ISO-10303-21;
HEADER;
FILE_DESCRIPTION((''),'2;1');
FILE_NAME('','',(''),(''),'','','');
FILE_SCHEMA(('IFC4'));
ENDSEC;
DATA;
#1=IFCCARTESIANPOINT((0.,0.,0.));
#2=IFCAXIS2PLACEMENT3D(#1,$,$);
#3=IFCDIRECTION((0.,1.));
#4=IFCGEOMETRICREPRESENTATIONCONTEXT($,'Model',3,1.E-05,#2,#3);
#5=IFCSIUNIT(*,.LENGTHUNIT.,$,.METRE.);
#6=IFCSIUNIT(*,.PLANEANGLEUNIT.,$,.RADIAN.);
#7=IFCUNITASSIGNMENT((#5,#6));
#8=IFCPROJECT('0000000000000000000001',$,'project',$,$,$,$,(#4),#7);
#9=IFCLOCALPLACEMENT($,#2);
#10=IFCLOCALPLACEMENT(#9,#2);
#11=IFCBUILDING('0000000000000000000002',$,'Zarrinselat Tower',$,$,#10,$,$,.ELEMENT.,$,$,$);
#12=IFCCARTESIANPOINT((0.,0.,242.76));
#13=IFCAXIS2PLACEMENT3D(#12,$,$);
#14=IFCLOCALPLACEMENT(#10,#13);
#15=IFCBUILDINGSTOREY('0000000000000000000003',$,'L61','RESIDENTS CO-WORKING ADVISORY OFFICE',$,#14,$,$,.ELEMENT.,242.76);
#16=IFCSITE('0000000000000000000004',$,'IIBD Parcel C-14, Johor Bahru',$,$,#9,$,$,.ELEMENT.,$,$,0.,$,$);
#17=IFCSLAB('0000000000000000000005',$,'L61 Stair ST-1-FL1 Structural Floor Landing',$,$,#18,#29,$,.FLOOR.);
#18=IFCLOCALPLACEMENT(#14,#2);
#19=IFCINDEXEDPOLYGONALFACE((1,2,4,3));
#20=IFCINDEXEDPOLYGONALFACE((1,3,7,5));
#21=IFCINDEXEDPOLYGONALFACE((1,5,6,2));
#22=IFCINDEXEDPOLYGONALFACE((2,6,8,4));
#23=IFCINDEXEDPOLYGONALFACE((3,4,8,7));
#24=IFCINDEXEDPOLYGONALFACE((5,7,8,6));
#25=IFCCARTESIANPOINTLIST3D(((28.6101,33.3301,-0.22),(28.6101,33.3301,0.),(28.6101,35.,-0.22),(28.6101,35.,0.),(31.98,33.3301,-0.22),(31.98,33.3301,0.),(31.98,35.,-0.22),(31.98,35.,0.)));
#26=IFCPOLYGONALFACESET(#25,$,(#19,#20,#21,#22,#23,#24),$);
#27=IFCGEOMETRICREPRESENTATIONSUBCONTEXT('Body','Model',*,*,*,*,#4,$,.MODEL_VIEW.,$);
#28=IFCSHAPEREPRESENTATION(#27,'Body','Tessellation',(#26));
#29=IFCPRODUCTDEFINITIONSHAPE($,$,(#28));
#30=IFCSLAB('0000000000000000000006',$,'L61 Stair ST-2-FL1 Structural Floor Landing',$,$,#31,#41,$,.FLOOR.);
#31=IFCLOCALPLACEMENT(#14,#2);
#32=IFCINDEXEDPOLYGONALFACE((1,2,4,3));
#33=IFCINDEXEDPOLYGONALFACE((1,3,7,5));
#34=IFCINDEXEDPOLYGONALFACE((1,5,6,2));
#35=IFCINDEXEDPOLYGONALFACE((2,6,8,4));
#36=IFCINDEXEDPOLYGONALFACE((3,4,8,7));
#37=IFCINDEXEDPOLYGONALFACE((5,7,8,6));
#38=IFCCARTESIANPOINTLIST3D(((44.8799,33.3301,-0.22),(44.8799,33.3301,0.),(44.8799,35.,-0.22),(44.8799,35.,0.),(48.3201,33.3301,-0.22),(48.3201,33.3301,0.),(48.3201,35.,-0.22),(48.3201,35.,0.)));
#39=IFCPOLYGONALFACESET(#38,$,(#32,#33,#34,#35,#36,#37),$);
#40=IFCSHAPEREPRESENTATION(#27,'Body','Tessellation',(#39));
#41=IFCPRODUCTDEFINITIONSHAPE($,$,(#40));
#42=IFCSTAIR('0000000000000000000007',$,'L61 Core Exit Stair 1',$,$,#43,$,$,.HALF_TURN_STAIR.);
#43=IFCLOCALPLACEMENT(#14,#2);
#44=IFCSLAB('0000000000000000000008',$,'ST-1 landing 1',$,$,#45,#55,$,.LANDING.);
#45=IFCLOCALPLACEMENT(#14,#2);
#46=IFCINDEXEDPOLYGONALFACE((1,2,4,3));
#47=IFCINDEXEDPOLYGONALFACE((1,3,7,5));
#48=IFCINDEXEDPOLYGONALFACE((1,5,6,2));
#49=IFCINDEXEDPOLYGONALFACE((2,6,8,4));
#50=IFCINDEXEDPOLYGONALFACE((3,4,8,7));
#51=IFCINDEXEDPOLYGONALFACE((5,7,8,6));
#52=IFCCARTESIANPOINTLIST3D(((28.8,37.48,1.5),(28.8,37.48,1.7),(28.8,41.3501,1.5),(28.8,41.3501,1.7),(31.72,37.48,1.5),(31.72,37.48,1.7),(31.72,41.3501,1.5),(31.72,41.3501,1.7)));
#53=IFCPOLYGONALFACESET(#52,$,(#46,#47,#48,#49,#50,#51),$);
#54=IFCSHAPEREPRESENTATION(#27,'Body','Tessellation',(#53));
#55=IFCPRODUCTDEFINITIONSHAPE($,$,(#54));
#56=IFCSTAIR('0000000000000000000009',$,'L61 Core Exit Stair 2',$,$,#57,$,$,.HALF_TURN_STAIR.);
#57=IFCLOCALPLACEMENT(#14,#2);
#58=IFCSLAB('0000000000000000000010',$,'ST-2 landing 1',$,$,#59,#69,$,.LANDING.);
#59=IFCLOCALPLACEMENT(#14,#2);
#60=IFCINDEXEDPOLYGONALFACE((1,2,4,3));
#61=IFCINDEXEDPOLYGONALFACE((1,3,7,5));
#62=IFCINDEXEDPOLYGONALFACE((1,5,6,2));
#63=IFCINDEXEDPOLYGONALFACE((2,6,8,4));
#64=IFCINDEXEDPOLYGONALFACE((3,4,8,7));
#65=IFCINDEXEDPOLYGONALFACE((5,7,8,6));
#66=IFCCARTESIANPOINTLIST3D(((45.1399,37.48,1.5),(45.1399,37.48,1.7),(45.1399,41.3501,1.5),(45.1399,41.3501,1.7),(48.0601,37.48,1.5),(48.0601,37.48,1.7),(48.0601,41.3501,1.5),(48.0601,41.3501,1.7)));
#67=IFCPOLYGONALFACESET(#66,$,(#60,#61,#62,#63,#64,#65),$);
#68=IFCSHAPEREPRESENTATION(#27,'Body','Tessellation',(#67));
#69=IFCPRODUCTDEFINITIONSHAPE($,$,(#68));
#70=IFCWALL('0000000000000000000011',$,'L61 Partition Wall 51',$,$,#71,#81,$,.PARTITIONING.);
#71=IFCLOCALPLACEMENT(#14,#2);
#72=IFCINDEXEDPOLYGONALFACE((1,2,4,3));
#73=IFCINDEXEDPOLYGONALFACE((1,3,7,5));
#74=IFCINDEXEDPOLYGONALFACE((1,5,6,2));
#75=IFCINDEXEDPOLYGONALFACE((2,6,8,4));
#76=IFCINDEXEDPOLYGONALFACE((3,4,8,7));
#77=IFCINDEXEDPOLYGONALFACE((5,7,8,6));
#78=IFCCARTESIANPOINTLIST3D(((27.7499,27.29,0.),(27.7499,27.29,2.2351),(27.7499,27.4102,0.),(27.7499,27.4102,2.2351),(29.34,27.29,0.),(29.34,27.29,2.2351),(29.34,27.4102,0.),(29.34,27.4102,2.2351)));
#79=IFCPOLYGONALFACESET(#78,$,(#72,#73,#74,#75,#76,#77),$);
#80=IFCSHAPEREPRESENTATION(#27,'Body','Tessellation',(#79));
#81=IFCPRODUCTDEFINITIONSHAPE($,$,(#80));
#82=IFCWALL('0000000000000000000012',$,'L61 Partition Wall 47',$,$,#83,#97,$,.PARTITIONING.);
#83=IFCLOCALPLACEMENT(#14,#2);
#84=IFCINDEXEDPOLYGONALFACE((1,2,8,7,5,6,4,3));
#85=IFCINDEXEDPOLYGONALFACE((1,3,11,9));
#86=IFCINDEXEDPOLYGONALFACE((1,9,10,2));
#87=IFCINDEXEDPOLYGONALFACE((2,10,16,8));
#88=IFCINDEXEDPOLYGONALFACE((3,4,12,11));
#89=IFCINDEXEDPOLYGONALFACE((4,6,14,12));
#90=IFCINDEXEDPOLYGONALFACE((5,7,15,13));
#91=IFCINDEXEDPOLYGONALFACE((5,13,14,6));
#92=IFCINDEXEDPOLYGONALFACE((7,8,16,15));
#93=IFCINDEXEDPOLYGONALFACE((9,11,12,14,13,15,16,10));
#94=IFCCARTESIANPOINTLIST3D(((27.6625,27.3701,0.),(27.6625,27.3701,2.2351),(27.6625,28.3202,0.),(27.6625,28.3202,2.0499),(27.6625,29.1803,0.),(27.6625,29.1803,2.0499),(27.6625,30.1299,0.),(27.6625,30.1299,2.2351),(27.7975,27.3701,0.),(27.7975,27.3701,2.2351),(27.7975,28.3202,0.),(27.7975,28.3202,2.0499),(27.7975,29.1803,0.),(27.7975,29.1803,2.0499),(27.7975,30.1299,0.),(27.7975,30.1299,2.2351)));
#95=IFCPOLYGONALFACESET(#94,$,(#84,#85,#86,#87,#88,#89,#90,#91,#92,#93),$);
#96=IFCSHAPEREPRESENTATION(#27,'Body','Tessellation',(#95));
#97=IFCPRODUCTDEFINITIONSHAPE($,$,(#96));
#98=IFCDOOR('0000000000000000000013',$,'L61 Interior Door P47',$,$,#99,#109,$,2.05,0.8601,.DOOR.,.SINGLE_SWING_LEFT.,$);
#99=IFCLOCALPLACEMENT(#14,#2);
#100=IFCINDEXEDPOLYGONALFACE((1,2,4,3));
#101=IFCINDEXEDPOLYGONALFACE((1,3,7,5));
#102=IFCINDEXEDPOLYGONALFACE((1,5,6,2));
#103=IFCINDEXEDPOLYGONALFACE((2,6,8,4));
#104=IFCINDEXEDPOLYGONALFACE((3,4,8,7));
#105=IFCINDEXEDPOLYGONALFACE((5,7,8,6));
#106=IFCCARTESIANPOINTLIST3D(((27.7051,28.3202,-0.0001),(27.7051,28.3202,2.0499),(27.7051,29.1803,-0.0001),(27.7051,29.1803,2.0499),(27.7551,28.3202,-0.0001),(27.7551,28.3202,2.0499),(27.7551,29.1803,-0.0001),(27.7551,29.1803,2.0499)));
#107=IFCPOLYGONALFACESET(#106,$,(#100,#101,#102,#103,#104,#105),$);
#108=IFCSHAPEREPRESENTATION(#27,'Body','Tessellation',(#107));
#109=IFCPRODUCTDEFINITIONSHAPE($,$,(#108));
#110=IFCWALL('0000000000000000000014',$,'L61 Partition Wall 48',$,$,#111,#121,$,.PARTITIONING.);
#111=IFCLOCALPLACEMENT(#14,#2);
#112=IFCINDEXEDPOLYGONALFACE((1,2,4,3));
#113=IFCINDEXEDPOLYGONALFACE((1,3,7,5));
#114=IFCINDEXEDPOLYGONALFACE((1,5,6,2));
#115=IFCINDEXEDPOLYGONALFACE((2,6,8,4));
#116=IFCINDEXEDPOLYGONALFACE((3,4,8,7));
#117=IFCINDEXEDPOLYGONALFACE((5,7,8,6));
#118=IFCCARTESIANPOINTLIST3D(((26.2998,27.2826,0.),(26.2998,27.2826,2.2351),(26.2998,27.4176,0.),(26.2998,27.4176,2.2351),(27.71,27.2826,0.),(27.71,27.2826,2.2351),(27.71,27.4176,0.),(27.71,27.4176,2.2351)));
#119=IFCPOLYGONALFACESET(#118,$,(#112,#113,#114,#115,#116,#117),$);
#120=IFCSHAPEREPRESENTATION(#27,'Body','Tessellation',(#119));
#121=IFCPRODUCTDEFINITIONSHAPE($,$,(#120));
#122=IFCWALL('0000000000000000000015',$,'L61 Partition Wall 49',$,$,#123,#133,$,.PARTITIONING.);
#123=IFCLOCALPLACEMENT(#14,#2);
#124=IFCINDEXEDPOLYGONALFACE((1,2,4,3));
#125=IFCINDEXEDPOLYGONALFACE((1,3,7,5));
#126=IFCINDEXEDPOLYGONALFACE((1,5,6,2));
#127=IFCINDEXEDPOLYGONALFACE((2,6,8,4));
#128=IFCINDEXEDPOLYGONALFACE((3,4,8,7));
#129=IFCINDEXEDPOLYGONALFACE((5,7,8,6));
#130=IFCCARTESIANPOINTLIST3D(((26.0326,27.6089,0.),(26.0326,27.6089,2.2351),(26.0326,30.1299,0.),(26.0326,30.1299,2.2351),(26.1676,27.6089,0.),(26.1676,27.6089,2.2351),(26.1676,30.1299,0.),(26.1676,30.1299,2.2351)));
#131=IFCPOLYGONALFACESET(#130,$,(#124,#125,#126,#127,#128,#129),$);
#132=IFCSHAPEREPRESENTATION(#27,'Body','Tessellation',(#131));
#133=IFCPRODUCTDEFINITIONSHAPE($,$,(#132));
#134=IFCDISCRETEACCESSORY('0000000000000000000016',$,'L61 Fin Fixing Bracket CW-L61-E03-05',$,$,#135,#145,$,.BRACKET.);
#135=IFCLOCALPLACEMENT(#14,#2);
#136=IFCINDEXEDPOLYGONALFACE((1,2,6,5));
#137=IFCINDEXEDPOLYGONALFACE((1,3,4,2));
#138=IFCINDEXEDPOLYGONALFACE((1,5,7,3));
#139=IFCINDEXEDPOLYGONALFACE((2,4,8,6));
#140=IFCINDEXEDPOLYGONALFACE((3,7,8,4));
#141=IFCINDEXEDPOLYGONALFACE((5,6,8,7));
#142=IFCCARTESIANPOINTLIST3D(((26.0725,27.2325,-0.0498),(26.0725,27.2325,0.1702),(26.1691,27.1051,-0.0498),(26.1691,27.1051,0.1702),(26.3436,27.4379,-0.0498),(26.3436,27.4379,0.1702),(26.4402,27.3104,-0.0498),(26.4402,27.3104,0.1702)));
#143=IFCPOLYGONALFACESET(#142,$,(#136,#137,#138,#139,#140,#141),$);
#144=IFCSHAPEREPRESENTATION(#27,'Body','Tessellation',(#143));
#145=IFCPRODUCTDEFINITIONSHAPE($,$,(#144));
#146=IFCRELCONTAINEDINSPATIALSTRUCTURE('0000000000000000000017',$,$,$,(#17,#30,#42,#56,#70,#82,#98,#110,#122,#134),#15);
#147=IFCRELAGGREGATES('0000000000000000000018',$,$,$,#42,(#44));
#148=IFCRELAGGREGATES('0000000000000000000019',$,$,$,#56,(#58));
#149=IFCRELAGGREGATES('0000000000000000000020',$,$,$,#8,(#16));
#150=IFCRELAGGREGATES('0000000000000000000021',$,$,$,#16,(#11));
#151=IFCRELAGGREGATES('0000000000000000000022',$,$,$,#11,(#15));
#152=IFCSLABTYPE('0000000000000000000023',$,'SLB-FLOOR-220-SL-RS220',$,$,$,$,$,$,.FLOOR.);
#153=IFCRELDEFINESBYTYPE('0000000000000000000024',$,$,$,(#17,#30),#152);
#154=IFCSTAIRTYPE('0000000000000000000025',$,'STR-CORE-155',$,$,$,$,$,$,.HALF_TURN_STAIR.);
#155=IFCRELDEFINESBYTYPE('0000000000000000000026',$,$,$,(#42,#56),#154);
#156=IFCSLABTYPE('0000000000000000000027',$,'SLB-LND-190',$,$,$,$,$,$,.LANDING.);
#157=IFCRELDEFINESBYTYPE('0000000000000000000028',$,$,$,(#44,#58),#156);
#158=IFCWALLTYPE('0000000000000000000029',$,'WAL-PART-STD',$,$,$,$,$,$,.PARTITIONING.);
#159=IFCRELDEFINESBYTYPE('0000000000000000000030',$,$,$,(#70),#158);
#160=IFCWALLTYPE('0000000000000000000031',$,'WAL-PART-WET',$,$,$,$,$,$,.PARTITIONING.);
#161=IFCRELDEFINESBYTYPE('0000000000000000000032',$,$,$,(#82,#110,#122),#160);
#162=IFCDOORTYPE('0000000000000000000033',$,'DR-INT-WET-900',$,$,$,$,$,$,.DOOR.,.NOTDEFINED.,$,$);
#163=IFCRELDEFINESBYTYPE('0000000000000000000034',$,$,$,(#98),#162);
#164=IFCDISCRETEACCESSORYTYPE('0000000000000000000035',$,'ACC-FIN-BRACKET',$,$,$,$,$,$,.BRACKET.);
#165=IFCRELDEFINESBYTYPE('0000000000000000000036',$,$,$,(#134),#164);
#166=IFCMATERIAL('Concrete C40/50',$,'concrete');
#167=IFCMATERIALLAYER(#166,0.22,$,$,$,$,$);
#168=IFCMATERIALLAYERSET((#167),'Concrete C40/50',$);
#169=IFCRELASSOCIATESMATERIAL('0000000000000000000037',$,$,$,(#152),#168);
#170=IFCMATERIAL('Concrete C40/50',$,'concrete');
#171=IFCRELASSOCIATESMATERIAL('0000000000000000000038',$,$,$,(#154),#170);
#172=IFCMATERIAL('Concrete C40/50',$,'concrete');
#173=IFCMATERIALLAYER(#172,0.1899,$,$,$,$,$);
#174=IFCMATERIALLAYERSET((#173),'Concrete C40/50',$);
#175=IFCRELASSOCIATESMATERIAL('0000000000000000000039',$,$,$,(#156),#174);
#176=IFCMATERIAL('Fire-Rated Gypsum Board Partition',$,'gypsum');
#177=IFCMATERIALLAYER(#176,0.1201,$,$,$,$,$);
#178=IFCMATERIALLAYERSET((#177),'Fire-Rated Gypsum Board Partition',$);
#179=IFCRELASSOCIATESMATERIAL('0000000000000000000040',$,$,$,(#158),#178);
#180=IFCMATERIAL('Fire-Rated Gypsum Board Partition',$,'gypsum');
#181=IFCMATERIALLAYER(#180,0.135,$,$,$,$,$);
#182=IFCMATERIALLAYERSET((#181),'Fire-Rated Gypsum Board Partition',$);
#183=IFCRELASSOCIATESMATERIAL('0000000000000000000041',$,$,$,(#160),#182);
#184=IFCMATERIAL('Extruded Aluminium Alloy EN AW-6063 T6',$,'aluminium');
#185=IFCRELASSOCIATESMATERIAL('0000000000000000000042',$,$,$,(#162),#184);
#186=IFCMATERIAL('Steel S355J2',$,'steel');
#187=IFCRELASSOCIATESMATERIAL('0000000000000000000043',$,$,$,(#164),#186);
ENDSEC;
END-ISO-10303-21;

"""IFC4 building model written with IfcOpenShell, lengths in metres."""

from ifc_helpers import new_model, si_unit, direction, frame, frame_2d, origin, origin_2d, place, context, subcontext, project, spatial, polyline, rectangle, outline, extrude, material, layer, layer_set, type_object, element, fill, aggregate, save


model = new_model("IFC4")

# Units and contexts
model_context = context("Model", 3, precision=1e-05, world=origin(), true_north=direction((0.0, 1.0)))
body_context = subcontext(model_context, "Body", "Model", "MODEL_VIEW")
ifc_project = project(units=[si_unit("LENGTHUNIT", "METRE"), si_unit("PLANEANGLEUNIT", "RADIAN")], contexts=[model_context])

# Site, building, storey
site_placement = place(None, origin())
site = spatial("IfcSite", under=ifc_project, at=site_placement, Name="IIBD Parcel C-14, Johor Bahru", CompositionType="ELEMENT", RefElevation=0.0)
building_placement = place(site_placement, origin())
building = spatial("IfcBuilding", under=site, at=building_placement, Name="Zarrinselat Tower", CompositionType="ELEMENT")
storey_placement = place(building_placement, frame((0.0, 0.0, 242.76)))
storey = spatial("IfcBuildingStorey", under=building, at=storey_placement, Name="L61", Description="RESIDENTS CO-WORKING ADVISORY OFFICE", CompositionType="ELEMENT", Elevation=242.76)

# Slabs
ifc_material_1 = material(Name="Concrete C40/50", Category="concrete")
ifc_layer_1 = layer(ifc_material_1, 0.22)
ifc_layer_set_1 = layer_set([ifc_layer_1], Name="Concrete C40/50")
slab_type_1 = type_object("IfcSlabType", Name="SLB-FLOOR-220-SL-RS220", PredefinedType="FLOOR", material=ifc_layer_set_1)
slab_1_placement = place(storey_placement, frame((0.0, 0.0, -0.22)))
element("IfcSlab", 1, at=slab_1_placement, inside=storey, type_object=slab_type_1, Name="L61 Stair ST-1-FL1 Structural Floor Landing", PredefinedType="FLOOR", context=body_context, shape_type="SweptSolid", body=[
    extrude(outline(polyline([(31.98, 33.3301), (31.98, 35.0), (28.6101, 35.0), (28.6101, 33.3301), (31.98, 33.3301)])), origin(), (0.0, 0.0, 1.0), 0.22),
])
slab_2_placement = place(storey_placement, frame((0.0, 0.0, -0.22)))
element("IfcSlab", 2, at=slab_2_placement, inside=storey, type_object=slab_type_1, Name="L61 Stair ST-2-FL1 Structural Floor Landing", PredefinedType="FLOOR", context=body_context, shape_type="SweptSolid", body=[
    extrude(outline(polyline([(48.3201, 33.3301), (48.3201, 35.0), (44.8799, 35.0), (44.8799, 33.3301), (48.3201, 33.3301)])), origin(), (0.0, 0.0, 1.0), 0.22),
])

# Stairs, slabs
ifc_material_2 = material(Name="Concrete C40/50", Category="concrete")
stair_type = type_object("IfcStairType", Name="STR-CORE-155", PredefinedType="HALF_TURN_STAIR", material=ifc_material_2)
stair_1_placement = place(storey_placement, origin())
stair_1 = element("IfcStair", 3, at=stair_1_placement, inside=storey, type_object=stair_type, Name="L61 Core Exit Stair 1", PredefinedType="HALF_TURN_STAIR")
ifc_material_3 = material(Name="Concrete C40/50", Category="concrete")
ifc_layer_2 = layer(ifc_material_3, 0.1899)
ifc_layer_set_2 = layer_set([ifc_layer_2], Name="Concrete C40/50")
slab_type_2 = type_object("IfcSlabType", Name="SLB-LND-190", PredefinedType="LANDING", material=ifc_layer_set_2)
slab_3_placement = place(storey_placement, frame((0.0, 0.0, 1.5)))
slab_3 = element("IfcSlab", 4, at=slab_3_placement, type_object=slab_type_2, Name="ST-1 landing 1", PredefinedType="LANDING", context=body_context, shape_type="SweptSolid", body=[
    extrude(outline(polyline([(31.72, 37.48), (31.72, 41.3501), (28.8, 41.3501), (28.8, 37.48), (31.72, 37.48)])), origin(), (0.0, 0.0, 1.0), 0.2),
])
aggregate(stair_1, [slab_3])
stair_2_placement = place(storey_placement, origin())
stair_2 = element("IfcStair", 5, at=stair_2_placement, inside=storey, type_object=stair_type, Name="L61 Core Exit Stair 2", PredefinedType="HALF_TURN_STAIR")
slab_4_placement = place(storey_placement, frame((0.0, 0.0, 1.5)))
slab_4 = element("IfcSlab", 6, at=slab_4_placement, type_object=slab_type_2, Name="ST-2 landing 1", PredefinedType="LANDING", context=body_context, shape_type="SweptSolid", body=[
    extrude(outline(polyline([(48.0601, 37.48), (48.0601, 41.3501), (45.1399, 41.3501), (45.1399, 37.48), (48.0601, 37.48)])), origin(), (0.0, 0.0, 1.0), 0.2),
])
aggregate(stair_2, [slab_4])

# Wall
ifc_material_4 = material(Name="Fire-Rated Gypsum Board Partition", Category="gypsum")
ifc_layer_3 = layer(ifc_material_4, 0.1201)
ifc_layer_set_3 = layer_set([ifc_layer_3], Name="Fire-Rated Gypsum Board Partition")
wall_type_1 = type_object("IfcWallType", Name="WAL-PART-STD", PredefinedType="PARTITIONING", material=ifc_layer_set_3)
wall_1_placement = place(storey_placement, frame((27.75, 27.3501, 0.0), z_axis=(0.0, 0.0, 1.0), x_axis=(1.0, 0.0, 0.0)))
element("IfcWall", 7, at=wall_1_placement, inside=storey, type_object=wall_type_1, Name="L61 Partition Wall 51", PredefinedType="PARTITIONING", context=body_context, shape_type="SweptSolid", body=[
    extrude(rectangle(XDim=1.5901, YDim=0.1201, at=frame_2d((0.7949, 0.0))), origin(), (0.0, 0.0, 1.0), 2.2351),
])

# Wall, opening, door
ifc_material_5 = material(Name="Fire-Rated Gypsum Board Partition", Category="gypsum")
ifc_layer_4 = layer(ifc_material_5, 0.135)
ifc_layer_set_4 = layer_set([ifc_layer_4], Name="Fire-Rated Gypsum Board Partition")
wall_type_2 = type_object("IfcWallType", Name="WAL-PART-WET", PredefinedType="PARTITIONING", material=ifc_layer_set_4)
wall_2_placement = place(storey_placement, frame((27.73, 27.3701, 0.0), z_axis=(0.0, 0.0, 1.0), x_axis=(0.0, 1.0, 0.0)))
wall_2 = element("IfcWall", 8, at=wall_2_placement, inside=storey, type_object=wall_type_2, Name="L61 Partition Wall 47", PredefinedType="PARTITIONING", context=body_context, shape_type="SweptSolid", body=[
    extrude(rectangle(XDim=2.7598, YDim=0.135, at=frame_2d((1.3799, 0.0))), origin(), (0.0, 0.0, 1.0), 2.2351),
])
opening_placement = place(wall_2_placement, frame((0.95, 0.0, 0.0)))
opening = element("IfcOpeningElement", 9, at=opening_placement, cuts=wall_2, PredefinedType="OPENING", context=body_context, shape_type="SweptSolid", body=[
    extrude(rectangle(XDim=0.8601, YDim=2.05, at=frame_2d((0.4302, 1.0249))), frame((0.0, 0.0774, 0.0), z_axis=(0.0, -1.0, 0.0), x_axis=(1.0, 0.0, 0.0)), (0.0, 0.0, 1.0), 0.155),
])
ifc_material_6 = material(Name="Extruded Aluminium Alloy EN AW-6063 T6", Category="aluminium")
door_type = type_object("IfcDoorType", Name="DR-INT-WET-900", OperationType="NOTDEFINED", PredefinedType="DOOR", material=ifc_material_6)
door_placement = place(opening_placement, origin())
door = element("IfcDoor", 10, at=door_placement, inside=storey, type_object=door_type, Name="L61 Interior Door P47", OperationType="SINGLE_SWING_LEFT", OverallHeight=2.05, OverallWidth=0.8601, PredefinedType="DOOR", context=body_context, shape_type="SweptSolid", body=[
    extrude(rectangle(XDim=0.8601, YDim=2.05, at=frame_2d((0.4302, 1.0249))), frame((0.0, 0.0249, 0.0), z_axis=(0.0, -1.0, 0.0), x_axis=(1.0, 0.0, 0.0)), (0.0, 0.0, 1.0), 0.05),
])
fill(opening, door)

# Walls
wall_3_placement = place(storey_placement, frame((26.2998, 27.3501, 0.0), z_axis=(0.0, 0.0, 1.0), x_axis=(1.0, 0.0, 0.0)))
element("IfcWall", 11, at=wall_3_placement, inside=storey, type_object=wall_type_2, Name="L61 Partition Wall 48", PredefinedType="PARTITIONING", context=body_context, shape_type="SweptSolid", body=[
    extrude(rectangle(XDim=1.4102, YDim=0.135, at=frame_2d((0.7051, 0.0))), origin(), (0.0, 0.0, 1.0), 2.2351),
])
wall_4_placement = place(storey_placement, frame((26.1001, 27.6089, 0.0), z_axis=(0.0, 0.0, 1.0), x_axis=(0.0, 1.0, 0.0)))
element("IfcWall", 12, at=wall_4_placement, inside=storey, type_object=wall_type_2, Name="L61 Partition Wall 49", PredefinedType="PARTITIONING", context=body_context, shape_type="SweptSolid", body=[
    extrude(rectangle(XDim=2.521, YDim=0.135, at=frame_2d((1.2605, 0.0))), origin(), (0.0, 0.0, 1.0), 2.2351),
])

# Discrete accessory
ifc_material_7 = material(Name="Steel S355J2", Category="steel")
discrete_accessory_type = type_object("IfcDiscreteAccessoryType", Name="ACC-FIN-BRACKET", PredefinedType="BRACKET", material=ifc_material_7)
discrete_accessory_placement = place(storey_placement, frame((26.2563, 27.2715, -0.0498), z_axis=(0.0, 0.0, 1.0), x_axis=(-0.797092, -0.603858, 0.0)))
element("IfcDiscreteAccessory", 13, at=discrete_accessory_placement, inside=storey, type_object=discrete_accessory_type, Name="L61 Fin Fixing Bracket CW-L61-E03-05", PredefinedType="BRACKET", context=body_context, shape_type="SweptSolid", body=[
    extrude(rectangle(XDim=0.3401, YDim=0.1599, at=origin_2d()), origin(), (0.0, 0.0, 1.0), 0.22),
])

save(model, "model.ifc")
